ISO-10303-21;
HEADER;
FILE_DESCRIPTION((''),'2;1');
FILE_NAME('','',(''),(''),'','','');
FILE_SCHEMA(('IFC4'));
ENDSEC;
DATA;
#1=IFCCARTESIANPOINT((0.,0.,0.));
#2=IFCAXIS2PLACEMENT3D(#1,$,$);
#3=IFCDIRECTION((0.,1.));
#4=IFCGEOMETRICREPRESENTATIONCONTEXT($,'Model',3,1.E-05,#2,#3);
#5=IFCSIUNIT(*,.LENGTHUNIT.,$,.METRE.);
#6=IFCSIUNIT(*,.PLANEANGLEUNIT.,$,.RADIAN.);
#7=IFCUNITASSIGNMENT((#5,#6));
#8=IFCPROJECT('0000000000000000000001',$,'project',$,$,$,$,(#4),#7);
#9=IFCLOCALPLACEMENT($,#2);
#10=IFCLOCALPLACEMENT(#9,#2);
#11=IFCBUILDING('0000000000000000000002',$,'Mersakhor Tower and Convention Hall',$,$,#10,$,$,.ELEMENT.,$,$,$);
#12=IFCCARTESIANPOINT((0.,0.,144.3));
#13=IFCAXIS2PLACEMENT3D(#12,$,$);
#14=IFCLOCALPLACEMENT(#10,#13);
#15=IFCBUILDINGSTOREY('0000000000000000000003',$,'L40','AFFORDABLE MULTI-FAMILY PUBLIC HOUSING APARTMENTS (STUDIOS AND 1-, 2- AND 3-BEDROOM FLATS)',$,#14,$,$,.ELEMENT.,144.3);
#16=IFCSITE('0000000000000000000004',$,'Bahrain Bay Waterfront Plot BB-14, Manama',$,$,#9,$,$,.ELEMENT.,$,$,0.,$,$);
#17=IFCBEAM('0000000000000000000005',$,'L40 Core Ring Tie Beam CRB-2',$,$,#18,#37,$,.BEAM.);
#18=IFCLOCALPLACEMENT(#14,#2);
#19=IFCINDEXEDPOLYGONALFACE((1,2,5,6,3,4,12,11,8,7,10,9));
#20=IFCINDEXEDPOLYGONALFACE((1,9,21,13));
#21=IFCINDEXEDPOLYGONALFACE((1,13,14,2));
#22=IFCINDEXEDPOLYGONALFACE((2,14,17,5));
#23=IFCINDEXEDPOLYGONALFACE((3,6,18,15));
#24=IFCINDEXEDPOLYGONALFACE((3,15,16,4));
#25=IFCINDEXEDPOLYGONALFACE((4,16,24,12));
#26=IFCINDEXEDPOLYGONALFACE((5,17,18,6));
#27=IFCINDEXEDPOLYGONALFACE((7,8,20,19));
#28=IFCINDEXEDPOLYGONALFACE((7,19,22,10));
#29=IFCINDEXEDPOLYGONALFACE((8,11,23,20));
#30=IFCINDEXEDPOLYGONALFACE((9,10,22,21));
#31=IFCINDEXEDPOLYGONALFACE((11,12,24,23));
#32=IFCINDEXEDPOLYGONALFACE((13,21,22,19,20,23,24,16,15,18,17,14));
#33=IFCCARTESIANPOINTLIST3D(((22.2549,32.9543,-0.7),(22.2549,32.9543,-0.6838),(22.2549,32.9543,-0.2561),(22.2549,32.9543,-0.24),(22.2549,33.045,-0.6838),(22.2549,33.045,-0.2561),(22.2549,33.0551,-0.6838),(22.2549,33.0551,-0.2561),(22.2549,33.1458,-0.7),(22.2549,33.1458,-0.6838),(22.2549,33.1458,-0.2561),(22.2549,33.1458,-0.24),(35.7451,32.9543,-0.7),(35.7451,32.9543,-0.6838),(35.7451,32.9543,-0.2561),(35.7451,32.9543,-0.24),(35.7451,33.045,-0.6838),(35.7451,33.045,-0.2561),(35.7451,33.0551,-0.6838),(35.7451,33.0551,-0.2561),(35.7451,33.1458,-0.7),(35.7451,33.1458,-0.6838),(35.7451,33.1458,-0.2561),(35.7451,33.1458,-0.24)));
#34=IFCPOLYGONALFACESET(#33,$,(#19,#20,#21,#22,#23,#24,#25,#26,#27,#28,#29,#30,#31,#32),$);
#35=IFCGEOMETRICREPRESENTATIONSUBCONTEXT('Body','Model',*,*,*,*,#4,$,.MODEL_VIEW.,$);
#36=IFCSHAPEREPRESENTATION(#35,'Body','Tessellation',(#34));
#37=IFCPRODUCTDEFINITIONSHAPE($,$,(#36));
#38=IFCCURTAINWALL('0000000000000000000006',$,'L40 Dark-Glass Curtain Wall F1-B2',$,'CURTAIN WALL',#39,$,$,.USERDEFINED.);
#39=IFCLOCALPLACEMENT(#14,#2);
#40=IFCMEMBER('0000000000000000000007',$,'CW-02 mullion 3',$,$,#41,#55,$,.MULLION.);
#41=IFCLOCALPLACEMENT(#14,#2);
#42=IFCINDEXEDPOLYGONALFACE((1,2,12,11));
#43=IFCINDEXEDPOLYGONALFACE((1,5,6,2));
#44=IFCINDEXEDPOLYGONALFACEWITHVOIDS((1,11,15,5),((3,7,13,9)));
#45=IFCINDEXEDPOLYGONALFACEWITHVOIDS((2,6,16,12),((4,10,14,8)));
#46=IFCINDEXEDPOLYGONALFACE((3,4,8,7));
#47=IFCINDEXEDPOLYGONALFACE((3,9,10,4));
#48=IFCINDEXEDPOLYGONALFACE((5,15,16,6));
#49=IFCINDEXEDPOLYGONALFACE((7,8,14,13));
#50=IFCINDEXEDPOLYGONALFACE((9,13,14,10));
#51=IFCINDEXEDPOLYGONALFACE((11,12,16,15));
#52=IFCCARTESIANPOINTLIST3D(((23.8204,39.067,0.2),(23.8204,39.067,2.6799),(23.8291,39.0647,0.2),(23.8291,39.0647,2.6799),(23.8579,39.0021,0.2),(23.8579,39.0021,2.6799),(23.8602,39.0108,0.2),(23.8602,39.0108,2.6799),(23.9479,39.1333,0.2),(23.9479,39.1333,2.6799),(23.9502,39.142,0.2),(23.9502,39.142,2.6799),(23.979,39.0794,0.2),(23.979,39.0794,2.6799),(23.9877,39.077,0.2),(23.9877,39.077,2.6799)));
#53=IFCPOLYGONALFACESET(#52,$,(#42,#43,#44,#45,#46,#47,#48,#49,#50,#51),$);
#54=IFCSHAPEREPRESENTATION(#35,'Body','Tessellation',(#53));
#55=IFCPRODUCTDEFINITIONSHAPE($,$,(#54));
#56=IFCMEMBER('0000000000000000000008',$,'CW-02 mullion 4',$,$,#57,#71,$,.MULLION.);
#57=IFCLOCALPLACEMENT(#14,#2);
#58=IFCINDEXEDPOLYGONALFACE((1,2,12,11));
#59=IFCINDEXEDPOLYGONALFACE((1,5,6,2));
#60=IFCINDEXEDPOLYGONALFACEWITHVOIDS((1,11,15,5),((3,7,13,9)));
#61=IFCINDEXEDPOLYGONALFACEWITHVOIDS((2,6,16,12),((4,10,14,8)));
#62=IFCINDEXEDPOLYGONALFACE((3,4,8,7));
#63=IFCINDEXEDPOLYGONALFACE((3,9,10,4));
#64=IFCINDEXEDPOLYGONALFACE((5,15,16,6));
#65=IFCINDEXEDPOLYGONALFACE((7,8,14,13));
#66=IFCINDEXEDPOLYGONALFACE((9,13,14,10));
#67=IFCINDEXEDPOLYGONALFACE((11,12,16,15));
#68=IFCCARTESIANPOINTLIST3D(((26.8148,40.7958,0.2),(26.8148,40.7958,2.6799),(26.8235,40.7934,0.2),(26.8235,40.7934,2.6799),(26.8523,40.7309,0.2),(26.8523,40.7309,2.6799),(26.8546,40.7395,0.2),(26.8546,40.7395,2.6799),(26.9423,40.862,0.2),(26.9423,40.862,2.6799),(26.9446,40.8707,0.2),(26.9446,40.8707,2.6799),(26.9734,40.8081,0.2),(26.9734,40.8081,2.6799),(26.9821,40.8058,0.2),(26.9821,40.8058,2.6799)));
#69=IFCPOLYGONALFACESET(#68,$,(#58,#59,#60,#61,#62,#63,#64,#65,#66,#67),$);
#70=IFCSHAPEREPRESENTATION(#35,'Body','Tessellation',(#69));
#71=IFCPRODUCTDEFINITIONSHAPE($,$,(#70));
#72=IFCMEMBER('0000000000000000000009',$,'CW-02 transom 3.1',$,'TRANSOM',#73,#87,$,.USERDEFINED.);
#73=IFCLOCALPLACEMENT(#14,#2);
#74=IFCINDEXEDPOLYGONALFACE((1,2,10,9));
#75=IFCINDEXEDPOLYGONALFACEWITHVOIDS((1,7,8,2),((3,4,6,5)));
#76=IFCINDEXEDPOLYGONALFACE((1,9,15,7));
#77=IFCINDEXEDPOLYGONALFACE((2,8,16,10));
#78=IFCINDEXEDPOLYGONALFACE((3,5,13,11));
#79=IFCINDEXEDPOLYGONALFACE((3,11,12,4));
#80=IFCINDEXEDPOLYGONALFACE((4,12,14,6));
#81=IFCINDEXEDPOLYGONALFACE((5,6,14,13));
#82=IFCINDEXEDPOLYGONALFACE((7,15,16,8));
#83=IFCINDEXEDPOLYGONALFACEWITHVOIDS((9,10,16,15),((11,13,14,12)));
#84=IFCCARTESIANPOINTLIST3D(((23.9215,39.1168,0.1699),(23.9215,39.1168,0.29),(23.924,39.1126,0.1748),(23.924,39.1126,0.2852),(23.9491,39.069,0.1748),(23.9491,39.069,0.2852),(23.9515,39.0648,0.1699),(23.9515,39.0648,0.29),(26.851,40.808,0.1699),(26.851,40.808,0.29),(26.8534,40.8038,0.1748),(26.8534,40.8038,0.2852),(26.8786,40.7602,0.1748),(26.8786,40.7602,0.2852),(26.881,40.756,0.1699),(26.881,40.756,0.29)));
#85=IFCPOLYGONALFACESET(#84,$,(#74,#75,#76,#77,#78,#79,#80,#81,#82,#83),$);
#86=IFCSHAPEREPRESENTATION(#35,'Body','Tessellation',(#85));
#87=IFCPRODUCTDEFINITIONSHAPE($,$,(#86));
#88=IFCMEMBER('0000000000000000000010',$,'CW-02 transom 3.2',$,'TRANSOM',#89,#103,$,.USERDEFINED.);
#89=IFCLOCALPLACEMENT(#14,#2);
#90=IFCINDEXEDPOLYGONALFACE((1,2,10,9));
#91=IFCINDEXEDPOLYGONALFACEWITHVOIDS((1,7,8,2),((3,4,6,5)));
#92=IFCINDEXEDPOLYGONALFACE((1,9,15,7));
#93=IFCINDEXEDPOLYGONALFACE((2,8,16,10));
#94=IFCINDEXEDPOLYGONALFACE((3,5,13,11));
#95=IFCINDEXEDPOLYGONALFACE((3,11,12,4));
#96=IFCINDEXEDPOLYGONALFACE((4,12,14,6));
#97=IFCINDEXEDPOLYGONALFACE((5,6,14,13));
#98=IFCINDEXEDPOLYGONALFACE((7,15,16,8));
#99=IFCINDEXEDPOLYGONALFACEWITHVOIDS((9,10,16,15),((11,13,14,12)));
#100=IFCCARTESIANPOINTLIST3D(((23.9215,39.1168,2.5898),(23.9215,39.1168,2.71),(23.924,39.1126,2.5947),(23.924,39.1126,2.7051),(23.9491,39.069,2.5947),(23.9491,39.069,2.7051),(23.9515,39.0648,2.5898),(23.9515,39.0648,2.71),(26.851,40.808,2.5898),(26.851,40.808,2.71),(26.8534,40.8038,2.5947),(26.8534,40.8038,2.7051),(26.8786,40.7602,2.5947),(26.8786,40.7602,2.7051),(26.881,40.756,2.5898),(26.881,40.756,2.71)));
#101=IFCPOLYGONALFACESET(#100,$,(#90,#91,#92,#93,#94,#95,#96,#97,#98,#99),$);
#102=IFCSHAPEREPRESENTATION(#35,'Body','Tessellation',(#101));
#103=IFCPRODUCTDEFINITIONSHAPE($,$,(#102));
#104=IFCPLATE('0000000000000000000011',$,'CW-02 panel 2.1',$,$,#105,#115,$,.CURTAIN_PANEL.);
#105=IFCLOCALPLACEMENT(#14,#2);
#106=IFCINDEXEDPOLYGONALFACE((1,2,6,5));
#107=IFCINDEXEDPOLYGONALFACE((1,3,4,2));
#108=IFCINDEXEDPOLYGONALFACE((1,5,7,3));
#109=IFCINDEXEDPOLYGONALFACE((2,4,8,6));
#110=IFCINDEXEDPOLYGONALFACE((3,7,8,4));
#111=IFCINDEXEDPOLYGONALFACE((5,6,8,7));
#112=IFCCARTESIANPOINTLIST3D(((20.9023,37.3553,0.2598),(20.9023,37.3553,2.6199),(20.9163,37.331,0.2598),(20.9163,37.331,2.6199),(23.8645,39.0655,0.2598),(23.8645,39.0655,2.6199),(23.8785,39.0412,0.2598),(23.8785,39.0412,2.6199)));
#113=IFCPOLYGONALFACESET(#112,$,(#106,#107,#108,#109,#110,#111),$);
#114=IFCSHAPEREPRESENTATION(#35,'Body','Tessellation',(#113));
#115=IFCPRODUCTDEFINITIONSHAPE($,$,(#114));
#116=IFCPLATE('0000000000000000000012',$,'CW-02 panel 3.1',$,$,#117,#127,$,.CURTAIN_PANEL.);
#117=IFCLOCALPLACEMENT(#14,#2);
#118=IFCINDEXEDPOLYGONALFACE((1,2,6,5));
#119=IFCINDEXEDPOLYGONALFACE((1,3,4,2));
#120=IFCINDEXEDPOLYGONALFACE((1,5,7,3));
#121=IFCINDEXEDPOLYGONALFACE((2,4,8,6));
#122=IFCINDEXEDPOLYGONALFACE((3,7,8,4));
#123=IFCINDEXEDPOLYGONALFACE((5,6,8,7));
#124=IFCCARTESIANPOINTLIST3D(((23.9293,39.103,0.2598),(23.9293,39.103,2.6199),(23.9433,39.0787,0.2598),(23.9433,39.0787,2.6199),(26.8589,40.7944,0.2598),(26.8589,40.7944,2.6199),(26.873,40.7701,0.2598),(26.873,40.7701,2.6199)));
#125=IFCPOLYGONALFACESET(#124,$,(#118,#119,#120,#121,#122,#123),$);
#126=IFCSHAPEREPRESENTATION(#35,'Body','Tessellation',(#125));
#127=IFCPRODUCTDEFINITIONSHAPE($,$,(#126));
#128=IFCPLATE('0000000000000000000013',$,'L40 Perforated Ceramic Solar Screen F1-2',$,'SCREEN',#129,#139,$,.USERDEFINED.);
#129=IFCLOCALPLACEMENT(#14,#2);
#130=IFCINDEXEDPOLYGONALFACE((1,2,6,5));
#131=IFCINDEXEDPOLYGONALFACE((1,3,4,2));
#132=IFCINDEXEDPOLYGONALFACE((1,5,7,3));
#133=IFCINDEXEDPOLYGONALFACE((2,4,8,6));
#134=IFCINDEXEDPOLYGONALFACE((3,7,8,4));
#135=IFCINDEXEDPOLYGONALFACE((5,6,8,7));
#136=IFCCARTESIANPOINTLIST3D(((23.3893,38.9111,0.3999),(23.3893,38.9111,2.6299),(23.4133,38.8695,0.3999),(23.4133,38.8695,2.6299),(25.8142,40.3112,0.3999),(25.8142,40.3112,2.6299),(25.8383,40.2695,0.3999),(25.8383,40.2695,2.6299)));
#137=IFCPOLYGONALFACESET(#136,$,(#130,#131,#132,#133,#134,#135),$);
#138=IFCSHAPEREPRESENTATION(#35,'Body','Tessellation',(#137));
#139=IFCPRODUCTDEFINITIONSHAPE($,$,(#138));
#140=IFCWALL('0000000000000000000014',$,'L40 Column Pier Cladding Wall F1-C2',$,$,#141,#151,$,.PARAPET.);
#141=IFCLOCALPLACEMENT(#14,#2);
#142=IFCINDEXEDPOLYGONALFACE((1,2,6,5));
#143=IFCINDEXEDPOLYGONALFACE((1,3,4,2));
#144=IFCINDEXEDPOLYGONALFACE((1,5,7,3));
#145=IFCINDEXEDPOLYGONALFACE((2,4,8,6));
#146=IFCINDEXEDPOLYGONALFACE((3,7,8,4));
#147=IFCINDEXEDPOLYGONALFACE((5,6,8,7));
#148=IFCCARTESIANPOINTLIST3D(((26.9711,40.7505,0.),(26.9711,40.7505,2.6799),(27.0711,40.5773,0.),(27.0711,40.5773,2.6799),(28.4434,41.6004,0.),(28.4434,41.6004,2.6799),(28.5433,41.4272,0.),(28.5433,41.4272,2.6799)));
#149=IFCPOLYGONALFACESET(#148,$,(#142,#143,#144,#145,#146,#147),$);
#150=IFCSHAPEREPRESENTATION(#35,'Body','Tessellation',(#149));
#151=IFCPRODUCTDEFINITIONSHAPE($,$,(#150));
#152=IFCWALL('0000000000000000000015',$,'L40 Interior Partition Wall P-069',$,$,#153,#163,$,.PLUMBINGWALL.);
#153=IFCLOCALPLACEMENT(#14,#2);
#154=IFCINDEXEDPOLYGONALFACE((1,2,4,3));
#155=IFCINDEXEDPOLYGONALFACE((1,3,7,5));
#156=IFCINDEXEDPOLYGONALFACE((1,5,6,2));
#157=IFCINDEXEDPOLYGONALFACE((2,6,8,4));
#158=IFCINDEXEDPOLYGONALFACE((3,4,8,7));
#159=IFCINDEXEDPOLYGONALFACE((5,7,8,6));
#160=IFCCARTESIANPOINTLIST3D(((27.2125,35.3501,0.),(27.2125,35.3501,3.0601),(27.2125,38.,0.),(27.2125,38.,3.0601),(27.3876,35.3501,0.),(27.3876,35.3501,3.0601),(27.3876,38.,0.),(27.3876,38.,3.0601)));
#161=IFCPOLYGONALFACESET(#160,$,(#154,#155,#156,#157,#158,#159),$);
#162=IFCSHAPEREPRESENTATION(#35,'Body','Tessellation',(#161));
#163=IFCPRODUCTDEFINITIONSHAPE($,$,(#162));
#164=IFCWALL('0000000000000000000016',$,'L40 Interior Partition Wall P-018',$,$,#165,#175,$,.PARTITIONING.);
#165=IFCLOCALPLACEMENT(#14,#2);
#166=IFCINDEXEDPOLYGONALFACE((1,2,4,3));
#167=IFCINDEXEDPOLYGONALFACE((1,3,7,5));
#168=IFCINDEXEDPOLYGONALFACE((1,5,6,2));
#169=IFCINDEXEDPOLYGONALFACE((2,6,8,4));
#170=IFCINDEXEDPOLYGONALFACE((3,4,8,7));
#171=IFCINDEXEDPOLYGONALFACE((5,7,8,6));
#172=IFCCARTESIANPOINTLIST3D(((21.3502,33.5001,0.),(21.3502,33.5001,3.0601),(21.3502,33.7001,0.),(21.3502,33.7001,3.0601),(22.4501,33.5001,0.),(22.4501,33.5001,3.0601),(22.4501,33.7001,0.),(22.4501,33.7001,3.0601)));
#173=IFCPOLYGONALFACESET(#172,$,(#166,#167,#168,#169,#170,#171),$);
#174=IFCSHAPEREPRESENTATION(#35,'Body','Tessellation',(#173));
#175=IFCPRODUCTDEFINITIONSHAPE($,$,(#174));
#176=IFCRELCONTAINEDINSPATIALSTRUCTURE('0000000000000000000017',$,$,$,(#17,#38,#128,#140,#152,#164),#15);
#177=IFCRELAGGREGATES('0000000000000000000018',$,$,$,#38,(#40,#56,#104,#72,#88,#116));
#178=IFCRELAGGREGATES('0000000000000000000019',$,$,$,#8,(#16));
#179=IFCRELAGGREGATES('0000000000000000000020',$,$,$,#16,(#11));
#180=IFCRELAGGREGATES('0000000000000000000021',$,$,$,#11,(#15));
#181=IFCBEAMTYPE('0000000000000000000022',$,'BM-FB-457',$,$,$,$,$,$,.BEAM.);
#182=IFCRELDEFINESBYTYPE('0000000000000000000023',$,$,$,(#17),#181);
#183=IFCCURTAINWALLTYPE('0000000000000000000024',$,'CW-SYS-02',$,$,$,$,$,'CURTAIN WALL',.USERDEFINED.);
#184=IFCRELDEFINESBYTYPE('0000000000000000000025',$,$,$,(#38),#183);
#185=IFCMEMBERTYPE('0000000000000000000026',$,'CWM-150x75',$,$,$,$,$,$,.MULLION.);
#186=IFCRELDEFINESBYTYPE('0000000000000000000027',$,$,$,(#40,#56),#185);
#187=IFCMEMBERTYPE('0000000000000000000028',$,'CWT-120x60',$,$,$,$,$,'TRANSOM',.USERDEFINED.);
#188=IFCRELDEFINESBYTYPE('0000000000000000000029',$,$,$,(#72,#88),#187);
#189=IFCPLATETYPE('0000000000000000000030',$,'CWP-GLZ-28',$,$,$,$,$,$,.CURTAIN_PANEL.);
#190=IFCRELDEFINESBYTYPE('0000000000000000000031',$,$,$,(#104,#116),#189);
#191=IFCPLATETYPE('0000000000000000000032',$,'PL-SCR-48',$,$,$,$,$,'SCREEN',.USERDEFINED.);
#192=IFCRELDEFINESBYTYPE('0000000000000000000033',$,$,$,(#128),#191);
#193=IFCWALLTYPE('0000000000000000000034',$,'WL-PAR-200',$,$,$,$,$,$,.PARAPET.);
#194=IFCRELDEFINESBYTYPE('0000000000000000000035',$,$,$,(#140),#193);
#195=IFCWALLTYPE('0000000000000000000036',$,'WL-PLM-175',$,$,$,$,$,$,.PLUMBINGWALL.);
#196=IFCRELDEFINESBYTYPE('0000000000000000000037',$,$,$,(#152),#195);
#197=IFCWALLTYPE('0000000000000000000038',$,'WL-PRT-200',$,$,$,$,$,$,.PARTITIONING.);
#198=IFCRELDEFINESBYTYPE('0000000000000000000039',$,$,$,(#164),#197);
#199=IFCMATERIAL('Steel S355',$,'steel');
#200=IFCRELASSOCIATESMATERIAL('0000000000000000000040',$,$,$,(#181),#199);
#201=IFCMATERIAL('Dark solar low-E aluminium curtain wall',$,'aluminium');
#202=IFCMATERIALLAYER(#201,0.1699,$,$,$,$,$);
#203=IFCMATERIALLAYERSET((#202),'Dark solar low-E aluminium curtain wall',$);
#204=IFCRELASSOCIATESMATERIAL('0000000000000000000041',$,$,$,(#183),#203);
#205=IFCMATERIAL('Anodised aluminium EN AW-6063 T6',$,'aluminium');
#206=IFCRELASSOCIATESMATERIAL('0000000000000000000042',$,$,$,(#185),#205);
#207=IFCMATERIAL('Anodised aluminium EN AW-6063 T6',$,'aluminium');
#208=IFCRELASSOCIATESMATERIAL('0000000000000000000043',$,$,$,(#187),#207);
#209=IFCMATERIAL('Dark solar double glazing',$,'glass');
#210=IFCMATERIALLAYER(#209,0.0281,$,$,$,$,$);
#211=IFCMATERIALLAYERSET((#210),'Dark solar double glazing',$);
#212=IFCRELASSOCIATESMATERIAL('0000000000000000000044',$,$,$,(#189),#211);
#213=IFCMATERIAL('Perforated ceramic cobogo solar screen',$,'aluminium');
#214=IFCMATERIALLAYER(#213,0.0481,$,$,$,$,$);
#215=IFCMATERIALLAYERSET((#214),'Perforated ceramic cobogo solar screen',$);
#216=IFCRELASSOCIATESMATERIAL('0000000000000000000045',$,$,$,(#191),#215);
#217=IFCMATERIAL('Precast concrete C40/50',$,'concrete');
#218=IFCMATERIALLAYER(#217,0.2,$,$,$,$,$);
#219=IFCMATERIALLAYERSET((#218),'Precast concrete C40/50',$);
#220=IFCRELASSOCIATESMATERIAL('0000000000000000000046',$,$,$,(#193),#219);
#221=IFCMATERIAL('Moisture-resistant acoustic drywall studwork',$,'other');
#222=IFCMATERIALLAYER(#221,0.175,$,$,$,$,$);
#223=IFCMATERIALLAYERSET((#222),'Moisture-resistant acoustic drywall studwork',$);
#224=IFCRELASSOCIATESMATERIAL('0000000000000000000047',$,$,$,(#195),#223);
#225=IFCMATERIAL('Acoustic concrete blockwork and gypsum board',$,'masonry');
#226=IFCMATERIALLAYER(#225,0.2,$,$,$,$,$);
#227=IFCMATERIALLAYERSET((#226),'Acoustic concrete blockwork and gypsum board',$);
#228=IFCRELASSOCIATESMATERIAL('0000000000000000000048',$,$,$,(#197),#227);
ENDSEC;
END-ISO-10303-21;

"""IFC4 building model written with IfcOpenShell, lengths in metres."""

from ifc_helpers import new_model, si_unit, direction, frame, frame_2d, origin, origin_2d, place, context, subcontext, project, spatial, rectangle, hollow_rectangle, i_section, extrude, material, layer, layer_set, material_profile, profile_set, type_object, element, aggregate, save


model = new_model("IFC4")

# Units and contexts
model_context = context("Model", 3, precision=1e-05, world=origin(), true_north=direction((0.0, 1.0)))
body_context = subcontext(model_context, "Body", "Model", "MODEL_VIEW")
ifc_project = project(units=[si_unit("LENGTHUNIT", "METRE"), si_unit("PLANEANGLEUNIT", "RADIAN")], contexts=[model_context])

# Site, building, storey
site_placement = place(None, origin())
site = spatial("IfcSite", under=ifc_project, at=site_placement, Name="Bahrain Bay Waterfront Plot BB-14, Manama", CompositionType="ELEMENT", RefElevation=0.0)
building_placement = place(site_placement, origin())
building = spatial("IfcBuilding", under=site, at=building_placement, Name="Mersakhor Tower and Convention Hall", CompositionType="ELEMENT")
storey_placement = place(building_placement, frame((0.0, 0.0, 144.3)))
storey = spatial("IfcBuildingStorey", under=building, at=storey_placement, Name="L40", Description="AFFORDABLE MULTI-FAMILY PUBLIC HOUSING APARTMENTS (STUDIOS AND 1-, 2- AND 3-BEDROOM FLATS)", CompositionType="ELEMENT", Elevation=144.3)

# Beam
ifc_material_1 = material(Name="Steel S355", Category="steel")
ifc_material_profile_1 = material_profile(ifc_material_1, i_section(OverallWidth=0.1914, OverallDepth=0.46, WebThickness=0.01, FlangeThickness=0.0161, at=origin_2d()), Name="UB 457x191x82")
ifc_profile_set_1 = profile_set([ifc_material_profile_1], Name="Steel S355")
beam_type = type_object("IfcBeamType", Name="BM-FB-457", PredefinedType="BEAM", material=ifc_profile_set_1)
beam_placement = place(storey_placement, frame((22.2549, 33.05, -0.47), z_axis=(1.0, 0.0, 0.0), x_axis=(0.0, 1.0, 0.0)))
element("IfcBeam", 1, at=beam_placement, inside=storey, type_object=beam_type, Name="L40 Core Ring Tie Beam CRB-2", PredefinedType="BEAM", context=body_context, shape_type="SweptSolid", body=[
    extrude(i_section(OverallWidth=0.1914, OverallDepth=0.46, WebThickness=0.01, FlangeThickness=0.0161, at=origin_2d()), origin(), (0.0, 0.0, 1.0), 13.4902),
])

# Curtain wall, members, plates
ifc_material_2 = material(Name="Dark solar low-E aluminium curtain wall", Category="aluminium")
ifc_layer_1 = layer(ifc_material_2, 0.1699)
ifc_layer_set_1 = layer_set([ifc_layer_1], Name="Dark solar low-E aluminium curtain wall")
curtain_wall_type = type_object("IfcCurtainWallType", Name="CW-SYS-02", ElementType="CURTAIN WALL", PredefinedType="USERDEFINED", material=ifc_layer_set_1)
curtain_wall_placement = place(storey_placement, origin())
curtain_wall = element("IfcCurtainWall", 2, at=curtain_wall_placement, inside=storey, type_object=curtain_wall_type, Name="L40 Dark-Glass Curtain Wall F1-B2", ObjectType="CURTAIN WALL", PredefinedType="USERDEFINED")
ifc_material_3 = material(Name="Anodised aluminium EN AW-6063 T6", Category="aluminium")
ifc_material_profile_2 = material_profile(ifc_material_3, hollow_rectangle(XDim=0.075, YDim=0.1499, WallThickness=0.0063, at=origin_2d()), Name="RHS 150x75x6.3")
ifc_profile_set_2 = profile_set([ifc_material_profile_2], Name="Anodised aluminium EN AW-6063 T6")
member_type_1 = type_object("IfcMemberType", Name="CWM-150x75", PredefinedType="MULLION", material=ifc_profile_set_2)
member_1_placement = place(storey_placement, frame((23.9041, 39.072, 0.2), z_axis=(0.0, 0.0, 1.0), x_axis=(-0.49999, 0.866031, 0.0)))
member_1 = element("IfcMember", 3, at=member_1_placement, type_object=member_type_1, Name="CW-02 mullion 3", PredefinedType="MULLION", context=body_context, shape_type="SweptSolid", body=[
    extrude(hollow_rectangle(XDim=0.075, YDim=0.1499, WallThickness=0.0063, at=origin_2d()), origin(), (0.0, 0.0, 1.0), 2.48),
])
member_2_placement = place(storey_placement, frame((26.8984, 40.8008, 0.2), z_axis=(0.0, 0.0, 1.0), x_axis=(-0.49999, 0.866031, 0.0)))
member_2 = element("IfcMember", 4, at=member_2_placement, type_object=member_type_1, Name="CW-02 mullion 4", PredefinedType="MULLION", context=body_context, shape_type="SweptSolid", body=[
    extrude(hollow_rectangle(XDim=0.075, YDim=0.1499, WallThickness=0.0063, at=origin_2d()), origin(), (0.0, 0.0, 1.0), 2.48),
])
ifc_material_4 = material(Name="Anodised aluminium EN AW-6063 T6", Category="aluminium")
ifc_material_profile_3 = material_profile(ifc_material_4, hollow_rectangle(XDim=0.0601, YDim=0.1201, WallThickness=0.0049, at=origin_2d()), Name="RHS 120x60x5")
ifc_profile_set_3 = profile_set([ifc_material_profile_3], Name="Anodised aluminium EN AW-6063 T6")
member_type_2 = type_object("IfcMemberType", Name="CWT-120x60", ElementType="TRANSOM", PredefinedType="USERDEFINED", material=ifc_profile_set_3)
member_3_placement = place(storey_placement, frame((23.9365, 39.0908, 0.23), z_axis=(0.866045, 0.499966, 0.0), x_axis=(-0.499966, 0.866045, 0.0)))
member_3 = element("IfcMember", 5, at=member_3_placement, type_object=member_type_2, Name="CW-02 transom 3.1", ObjectType="TRANSOM", PredefinedType="USERDEFINED", context=body_context, shape_type="SweptSolid", body=[
    extrude(hollow_rectangle(XDim=0.0601, YDim=0.1201, WallThickness=0.0049, at=origin_2d()), origin(), (0.0, 0.0, 1.0), 3.3826),
])
member_4_placement = place(storey_placement, frame((23.9365, 39.0908, 2.6499), z_axis=(0.866045, 0.499966, 0.0), x_axis=(-0.499966, 0.866045, 0.0)))
member_4 = element("IfcMember", 6, at=member_4_placement, type_object=member_type_2, Name="CW-02 transom 3.2", ObjectType="TRANSOM", PredefinedType="USERDEFINED", context=body_context, shape_type="SweptSolid", body=[
    extrude(hollow_rectangle(XDim=0.0601, YDim=0.1201, WallThickness=0.0049, at=origin_2d()), origin(), (0.0, 0.0, 1.0), 3.3826),
])
ifc_material_5 = material(Name="Dark solar double glazing", Category="glass")
ifc_layer_2 = layer(ifc_material_5, 0.0281)
ifc_layer_set_2 = layer_set([ifc_layer_2], Name="Dark solar double glazing")
plate_type_1 = type_object("IfcPlateType", Name="CWP-GLZ-28", PredefinedType="CURTAIN_PANEL", material=ifc_layer_set_2)
plate_1_placement = place(storey_placement, frame((22.3904, 38.1982, 0.2598), z_axis=(0.0, 0.0, 1.0), x_axis=(0.866031, 0.49999, 0.0)))
plate_1 = element("IfcPlate", 7, at=plate_1_placement, type_object=plate_type_1, Name="CW-02 panel 2.1", PredefinedType="CURTAIN_PANEL", context=body_context, shape_type="SweptSolid", body=[
    extrude(rectangle(XDim=3.4204, YDim=0.0281, at=origin_2d()), origin(), (0.0, 0.0, 1.0), 2.3601),
])
plate_2_placement = place(storey_placement, frame((25.4011, 39.9365, 0.2598), z_axis=(0.0, 0.0, 1.0), x_axis=(0.866031, 0.49999, 0.0)))
plate_2 = element("IfcPlate", 8, at=plate_2_placement, type_object=plate_type_1, Name="CW-02 panel 3.1", PredefinedType="CURTAIN_PANEL", context=body_context, shape_type="SweptSolid", body=[
    extrude(rectangle(XDim=3.3828, YDim=0.0281, at=origin_2d()), origin(), (0.0, 0.0, 1.0), 2.3601),
])
aggregate(curtain_wall, [member_1, member_2, plate_1, member_3, member_4, plate_2])

# Plate
ifc_material_6 = material(Name="Perforated ceramic cobogo solar screen", Category="aluminium")
ifc_layer_3 = layer(ifc_material_6, 0.0481)
ifc_layer_set_3 = layer_set([ifc_layer_3], Name="Perforated ceramic cobogo solar screen")
plate_type_2 = type_object("IfcPlateType", Name="PL-SCR-48", ElementType="SCREEN", PredefinedType="USERDEFINED", material=ifc_layer_set_3)
plate_3_placement = place(storey_placement, frame((24.6138, 39.5903, 0.3999), z_axis=(0.0, 0.0, 1.0), x_axis=(0.866025, 0.5, 0.0)))
element("IfcPlate", 9, at=plate_3_placement, inside=storey, type_object=plate_type_2, Name="L40 Perforated Ceramic Solar Screen F1-2", ObjectType="SCREEN", PredefinedType="USERDEFINED", context=body_context, shape_type="SweptSolid", body=[
    extrude(rectangle(XDim=2.8, YDim=0.0481, at=origin_2d()), origin(), (0.0, 0.0, 1.0), 2.23),
])

# Walls
ifc_material_7 = material(Name="Precast concrete C40/50", Category="concrete")
ifc_layer_4 = layer(ifc_material_7, 0.2)
ifc_layer_set_4 = layer_set([ifc_layer_4], Name="Precast concrete C40/50")
wall_type_1 = type_object("IfcWallType", Name="WL-PAR-200", PredefinedType="PARAPET", material=ifc_layer_set_4)
wall_1_placement = place(storey_placement, frame((27.021, 40.6638, 0.0), z_axis=(0.0, 0.0, 1.0), x_axis=(0.866052, 0.499955, 0.0)))
element("IfcWall", 10, at=wall_1_placement, inside=storey, type_object=wall_type_1, Name="L40 Column Pier Cladding Wall F1-C2", PredefinedType="PARAPET", context=body_context, shape_type="SweptSolid", body=[
    extrude(rectangle(XDim=1.7, YDim=0.2, at=frame_2d((0.8501, 0.0))), origin(), (0.0, 0.0, 1.0), 2.6799),
])
ifc_material_8 = material(Name="Moisture-resistant acoustic drywall studwork", Category="other")
ifc_layer_5 = layer(ifc_material_8, 0.175)
ifc_layer_set_5 = layer_set([ifc_layer_5], Name="Moisture-resistant acoustic drywall studwork")
wall_type_2 = type_object("IfcWallType", Name="WL-PLM-175", PredefinedType="PLUMBINGWALL", material=ifc_layer_set_5)
wall_2_placement = place(storey_placement, frame((27.3, 38.0, 0.0), z_axis=(0.0, 0.0, 1.0), x_axis=(0.0, -1.0, 0.0)))
element("IfcWall", 11, at=wall_2_placement, inside=storey, type_object=wall_type_2, Name="L40 Interior Partition Wall P-069", PredefinedType="PLUMBINGWALL", context=body_context, shape_type="SweptSolid", body=[
    extrude(rectangle(XDim=2.6499, YDim=0.175, at=frame_2d((1.325, 0.0))), origin(), (0.0, 0.0, 1.0), 3.0601),
])
ifc_material_9 = material(Name="Acoustic concrete blockwork and gypsum board", Category="masonry")
ifc_layer_6 = layer(ifc_material_9, 0.2)
ifc_layer_set_6 = layer_set([ifc_layer_6], Name="Acoustic concrete blockwork and gypsum board")
wall_type_3 = type_object("IfcWallType", Name="WL-PRT-200", PredefinedType="PARTITIONING", material=ifc_layer_set_6)
wall_3_placement = place(storey_placement, frame((22.45, 33.6001, 0.0), z_axis=(0.0, 0.0, 1.0), x_axis=(-1.0, 0.0, 0.0)))
element("IfcWall", 12, at=wall_3_placement, inside=storey, type_object=wall_type_3, Name="L40 Interior Partition Wall P-018", PredefinedType="PARTITIONING", context=body_context, shape_type="SweptSolid", body=[
    extrude(rectangle(XDim=1.0999, YDim=0.2, at=frame_2d((0.5498, 0.0))), origin(), (0.0, 0.0, 1.0), 3.0601),
])

save(model, "model.ifc")
